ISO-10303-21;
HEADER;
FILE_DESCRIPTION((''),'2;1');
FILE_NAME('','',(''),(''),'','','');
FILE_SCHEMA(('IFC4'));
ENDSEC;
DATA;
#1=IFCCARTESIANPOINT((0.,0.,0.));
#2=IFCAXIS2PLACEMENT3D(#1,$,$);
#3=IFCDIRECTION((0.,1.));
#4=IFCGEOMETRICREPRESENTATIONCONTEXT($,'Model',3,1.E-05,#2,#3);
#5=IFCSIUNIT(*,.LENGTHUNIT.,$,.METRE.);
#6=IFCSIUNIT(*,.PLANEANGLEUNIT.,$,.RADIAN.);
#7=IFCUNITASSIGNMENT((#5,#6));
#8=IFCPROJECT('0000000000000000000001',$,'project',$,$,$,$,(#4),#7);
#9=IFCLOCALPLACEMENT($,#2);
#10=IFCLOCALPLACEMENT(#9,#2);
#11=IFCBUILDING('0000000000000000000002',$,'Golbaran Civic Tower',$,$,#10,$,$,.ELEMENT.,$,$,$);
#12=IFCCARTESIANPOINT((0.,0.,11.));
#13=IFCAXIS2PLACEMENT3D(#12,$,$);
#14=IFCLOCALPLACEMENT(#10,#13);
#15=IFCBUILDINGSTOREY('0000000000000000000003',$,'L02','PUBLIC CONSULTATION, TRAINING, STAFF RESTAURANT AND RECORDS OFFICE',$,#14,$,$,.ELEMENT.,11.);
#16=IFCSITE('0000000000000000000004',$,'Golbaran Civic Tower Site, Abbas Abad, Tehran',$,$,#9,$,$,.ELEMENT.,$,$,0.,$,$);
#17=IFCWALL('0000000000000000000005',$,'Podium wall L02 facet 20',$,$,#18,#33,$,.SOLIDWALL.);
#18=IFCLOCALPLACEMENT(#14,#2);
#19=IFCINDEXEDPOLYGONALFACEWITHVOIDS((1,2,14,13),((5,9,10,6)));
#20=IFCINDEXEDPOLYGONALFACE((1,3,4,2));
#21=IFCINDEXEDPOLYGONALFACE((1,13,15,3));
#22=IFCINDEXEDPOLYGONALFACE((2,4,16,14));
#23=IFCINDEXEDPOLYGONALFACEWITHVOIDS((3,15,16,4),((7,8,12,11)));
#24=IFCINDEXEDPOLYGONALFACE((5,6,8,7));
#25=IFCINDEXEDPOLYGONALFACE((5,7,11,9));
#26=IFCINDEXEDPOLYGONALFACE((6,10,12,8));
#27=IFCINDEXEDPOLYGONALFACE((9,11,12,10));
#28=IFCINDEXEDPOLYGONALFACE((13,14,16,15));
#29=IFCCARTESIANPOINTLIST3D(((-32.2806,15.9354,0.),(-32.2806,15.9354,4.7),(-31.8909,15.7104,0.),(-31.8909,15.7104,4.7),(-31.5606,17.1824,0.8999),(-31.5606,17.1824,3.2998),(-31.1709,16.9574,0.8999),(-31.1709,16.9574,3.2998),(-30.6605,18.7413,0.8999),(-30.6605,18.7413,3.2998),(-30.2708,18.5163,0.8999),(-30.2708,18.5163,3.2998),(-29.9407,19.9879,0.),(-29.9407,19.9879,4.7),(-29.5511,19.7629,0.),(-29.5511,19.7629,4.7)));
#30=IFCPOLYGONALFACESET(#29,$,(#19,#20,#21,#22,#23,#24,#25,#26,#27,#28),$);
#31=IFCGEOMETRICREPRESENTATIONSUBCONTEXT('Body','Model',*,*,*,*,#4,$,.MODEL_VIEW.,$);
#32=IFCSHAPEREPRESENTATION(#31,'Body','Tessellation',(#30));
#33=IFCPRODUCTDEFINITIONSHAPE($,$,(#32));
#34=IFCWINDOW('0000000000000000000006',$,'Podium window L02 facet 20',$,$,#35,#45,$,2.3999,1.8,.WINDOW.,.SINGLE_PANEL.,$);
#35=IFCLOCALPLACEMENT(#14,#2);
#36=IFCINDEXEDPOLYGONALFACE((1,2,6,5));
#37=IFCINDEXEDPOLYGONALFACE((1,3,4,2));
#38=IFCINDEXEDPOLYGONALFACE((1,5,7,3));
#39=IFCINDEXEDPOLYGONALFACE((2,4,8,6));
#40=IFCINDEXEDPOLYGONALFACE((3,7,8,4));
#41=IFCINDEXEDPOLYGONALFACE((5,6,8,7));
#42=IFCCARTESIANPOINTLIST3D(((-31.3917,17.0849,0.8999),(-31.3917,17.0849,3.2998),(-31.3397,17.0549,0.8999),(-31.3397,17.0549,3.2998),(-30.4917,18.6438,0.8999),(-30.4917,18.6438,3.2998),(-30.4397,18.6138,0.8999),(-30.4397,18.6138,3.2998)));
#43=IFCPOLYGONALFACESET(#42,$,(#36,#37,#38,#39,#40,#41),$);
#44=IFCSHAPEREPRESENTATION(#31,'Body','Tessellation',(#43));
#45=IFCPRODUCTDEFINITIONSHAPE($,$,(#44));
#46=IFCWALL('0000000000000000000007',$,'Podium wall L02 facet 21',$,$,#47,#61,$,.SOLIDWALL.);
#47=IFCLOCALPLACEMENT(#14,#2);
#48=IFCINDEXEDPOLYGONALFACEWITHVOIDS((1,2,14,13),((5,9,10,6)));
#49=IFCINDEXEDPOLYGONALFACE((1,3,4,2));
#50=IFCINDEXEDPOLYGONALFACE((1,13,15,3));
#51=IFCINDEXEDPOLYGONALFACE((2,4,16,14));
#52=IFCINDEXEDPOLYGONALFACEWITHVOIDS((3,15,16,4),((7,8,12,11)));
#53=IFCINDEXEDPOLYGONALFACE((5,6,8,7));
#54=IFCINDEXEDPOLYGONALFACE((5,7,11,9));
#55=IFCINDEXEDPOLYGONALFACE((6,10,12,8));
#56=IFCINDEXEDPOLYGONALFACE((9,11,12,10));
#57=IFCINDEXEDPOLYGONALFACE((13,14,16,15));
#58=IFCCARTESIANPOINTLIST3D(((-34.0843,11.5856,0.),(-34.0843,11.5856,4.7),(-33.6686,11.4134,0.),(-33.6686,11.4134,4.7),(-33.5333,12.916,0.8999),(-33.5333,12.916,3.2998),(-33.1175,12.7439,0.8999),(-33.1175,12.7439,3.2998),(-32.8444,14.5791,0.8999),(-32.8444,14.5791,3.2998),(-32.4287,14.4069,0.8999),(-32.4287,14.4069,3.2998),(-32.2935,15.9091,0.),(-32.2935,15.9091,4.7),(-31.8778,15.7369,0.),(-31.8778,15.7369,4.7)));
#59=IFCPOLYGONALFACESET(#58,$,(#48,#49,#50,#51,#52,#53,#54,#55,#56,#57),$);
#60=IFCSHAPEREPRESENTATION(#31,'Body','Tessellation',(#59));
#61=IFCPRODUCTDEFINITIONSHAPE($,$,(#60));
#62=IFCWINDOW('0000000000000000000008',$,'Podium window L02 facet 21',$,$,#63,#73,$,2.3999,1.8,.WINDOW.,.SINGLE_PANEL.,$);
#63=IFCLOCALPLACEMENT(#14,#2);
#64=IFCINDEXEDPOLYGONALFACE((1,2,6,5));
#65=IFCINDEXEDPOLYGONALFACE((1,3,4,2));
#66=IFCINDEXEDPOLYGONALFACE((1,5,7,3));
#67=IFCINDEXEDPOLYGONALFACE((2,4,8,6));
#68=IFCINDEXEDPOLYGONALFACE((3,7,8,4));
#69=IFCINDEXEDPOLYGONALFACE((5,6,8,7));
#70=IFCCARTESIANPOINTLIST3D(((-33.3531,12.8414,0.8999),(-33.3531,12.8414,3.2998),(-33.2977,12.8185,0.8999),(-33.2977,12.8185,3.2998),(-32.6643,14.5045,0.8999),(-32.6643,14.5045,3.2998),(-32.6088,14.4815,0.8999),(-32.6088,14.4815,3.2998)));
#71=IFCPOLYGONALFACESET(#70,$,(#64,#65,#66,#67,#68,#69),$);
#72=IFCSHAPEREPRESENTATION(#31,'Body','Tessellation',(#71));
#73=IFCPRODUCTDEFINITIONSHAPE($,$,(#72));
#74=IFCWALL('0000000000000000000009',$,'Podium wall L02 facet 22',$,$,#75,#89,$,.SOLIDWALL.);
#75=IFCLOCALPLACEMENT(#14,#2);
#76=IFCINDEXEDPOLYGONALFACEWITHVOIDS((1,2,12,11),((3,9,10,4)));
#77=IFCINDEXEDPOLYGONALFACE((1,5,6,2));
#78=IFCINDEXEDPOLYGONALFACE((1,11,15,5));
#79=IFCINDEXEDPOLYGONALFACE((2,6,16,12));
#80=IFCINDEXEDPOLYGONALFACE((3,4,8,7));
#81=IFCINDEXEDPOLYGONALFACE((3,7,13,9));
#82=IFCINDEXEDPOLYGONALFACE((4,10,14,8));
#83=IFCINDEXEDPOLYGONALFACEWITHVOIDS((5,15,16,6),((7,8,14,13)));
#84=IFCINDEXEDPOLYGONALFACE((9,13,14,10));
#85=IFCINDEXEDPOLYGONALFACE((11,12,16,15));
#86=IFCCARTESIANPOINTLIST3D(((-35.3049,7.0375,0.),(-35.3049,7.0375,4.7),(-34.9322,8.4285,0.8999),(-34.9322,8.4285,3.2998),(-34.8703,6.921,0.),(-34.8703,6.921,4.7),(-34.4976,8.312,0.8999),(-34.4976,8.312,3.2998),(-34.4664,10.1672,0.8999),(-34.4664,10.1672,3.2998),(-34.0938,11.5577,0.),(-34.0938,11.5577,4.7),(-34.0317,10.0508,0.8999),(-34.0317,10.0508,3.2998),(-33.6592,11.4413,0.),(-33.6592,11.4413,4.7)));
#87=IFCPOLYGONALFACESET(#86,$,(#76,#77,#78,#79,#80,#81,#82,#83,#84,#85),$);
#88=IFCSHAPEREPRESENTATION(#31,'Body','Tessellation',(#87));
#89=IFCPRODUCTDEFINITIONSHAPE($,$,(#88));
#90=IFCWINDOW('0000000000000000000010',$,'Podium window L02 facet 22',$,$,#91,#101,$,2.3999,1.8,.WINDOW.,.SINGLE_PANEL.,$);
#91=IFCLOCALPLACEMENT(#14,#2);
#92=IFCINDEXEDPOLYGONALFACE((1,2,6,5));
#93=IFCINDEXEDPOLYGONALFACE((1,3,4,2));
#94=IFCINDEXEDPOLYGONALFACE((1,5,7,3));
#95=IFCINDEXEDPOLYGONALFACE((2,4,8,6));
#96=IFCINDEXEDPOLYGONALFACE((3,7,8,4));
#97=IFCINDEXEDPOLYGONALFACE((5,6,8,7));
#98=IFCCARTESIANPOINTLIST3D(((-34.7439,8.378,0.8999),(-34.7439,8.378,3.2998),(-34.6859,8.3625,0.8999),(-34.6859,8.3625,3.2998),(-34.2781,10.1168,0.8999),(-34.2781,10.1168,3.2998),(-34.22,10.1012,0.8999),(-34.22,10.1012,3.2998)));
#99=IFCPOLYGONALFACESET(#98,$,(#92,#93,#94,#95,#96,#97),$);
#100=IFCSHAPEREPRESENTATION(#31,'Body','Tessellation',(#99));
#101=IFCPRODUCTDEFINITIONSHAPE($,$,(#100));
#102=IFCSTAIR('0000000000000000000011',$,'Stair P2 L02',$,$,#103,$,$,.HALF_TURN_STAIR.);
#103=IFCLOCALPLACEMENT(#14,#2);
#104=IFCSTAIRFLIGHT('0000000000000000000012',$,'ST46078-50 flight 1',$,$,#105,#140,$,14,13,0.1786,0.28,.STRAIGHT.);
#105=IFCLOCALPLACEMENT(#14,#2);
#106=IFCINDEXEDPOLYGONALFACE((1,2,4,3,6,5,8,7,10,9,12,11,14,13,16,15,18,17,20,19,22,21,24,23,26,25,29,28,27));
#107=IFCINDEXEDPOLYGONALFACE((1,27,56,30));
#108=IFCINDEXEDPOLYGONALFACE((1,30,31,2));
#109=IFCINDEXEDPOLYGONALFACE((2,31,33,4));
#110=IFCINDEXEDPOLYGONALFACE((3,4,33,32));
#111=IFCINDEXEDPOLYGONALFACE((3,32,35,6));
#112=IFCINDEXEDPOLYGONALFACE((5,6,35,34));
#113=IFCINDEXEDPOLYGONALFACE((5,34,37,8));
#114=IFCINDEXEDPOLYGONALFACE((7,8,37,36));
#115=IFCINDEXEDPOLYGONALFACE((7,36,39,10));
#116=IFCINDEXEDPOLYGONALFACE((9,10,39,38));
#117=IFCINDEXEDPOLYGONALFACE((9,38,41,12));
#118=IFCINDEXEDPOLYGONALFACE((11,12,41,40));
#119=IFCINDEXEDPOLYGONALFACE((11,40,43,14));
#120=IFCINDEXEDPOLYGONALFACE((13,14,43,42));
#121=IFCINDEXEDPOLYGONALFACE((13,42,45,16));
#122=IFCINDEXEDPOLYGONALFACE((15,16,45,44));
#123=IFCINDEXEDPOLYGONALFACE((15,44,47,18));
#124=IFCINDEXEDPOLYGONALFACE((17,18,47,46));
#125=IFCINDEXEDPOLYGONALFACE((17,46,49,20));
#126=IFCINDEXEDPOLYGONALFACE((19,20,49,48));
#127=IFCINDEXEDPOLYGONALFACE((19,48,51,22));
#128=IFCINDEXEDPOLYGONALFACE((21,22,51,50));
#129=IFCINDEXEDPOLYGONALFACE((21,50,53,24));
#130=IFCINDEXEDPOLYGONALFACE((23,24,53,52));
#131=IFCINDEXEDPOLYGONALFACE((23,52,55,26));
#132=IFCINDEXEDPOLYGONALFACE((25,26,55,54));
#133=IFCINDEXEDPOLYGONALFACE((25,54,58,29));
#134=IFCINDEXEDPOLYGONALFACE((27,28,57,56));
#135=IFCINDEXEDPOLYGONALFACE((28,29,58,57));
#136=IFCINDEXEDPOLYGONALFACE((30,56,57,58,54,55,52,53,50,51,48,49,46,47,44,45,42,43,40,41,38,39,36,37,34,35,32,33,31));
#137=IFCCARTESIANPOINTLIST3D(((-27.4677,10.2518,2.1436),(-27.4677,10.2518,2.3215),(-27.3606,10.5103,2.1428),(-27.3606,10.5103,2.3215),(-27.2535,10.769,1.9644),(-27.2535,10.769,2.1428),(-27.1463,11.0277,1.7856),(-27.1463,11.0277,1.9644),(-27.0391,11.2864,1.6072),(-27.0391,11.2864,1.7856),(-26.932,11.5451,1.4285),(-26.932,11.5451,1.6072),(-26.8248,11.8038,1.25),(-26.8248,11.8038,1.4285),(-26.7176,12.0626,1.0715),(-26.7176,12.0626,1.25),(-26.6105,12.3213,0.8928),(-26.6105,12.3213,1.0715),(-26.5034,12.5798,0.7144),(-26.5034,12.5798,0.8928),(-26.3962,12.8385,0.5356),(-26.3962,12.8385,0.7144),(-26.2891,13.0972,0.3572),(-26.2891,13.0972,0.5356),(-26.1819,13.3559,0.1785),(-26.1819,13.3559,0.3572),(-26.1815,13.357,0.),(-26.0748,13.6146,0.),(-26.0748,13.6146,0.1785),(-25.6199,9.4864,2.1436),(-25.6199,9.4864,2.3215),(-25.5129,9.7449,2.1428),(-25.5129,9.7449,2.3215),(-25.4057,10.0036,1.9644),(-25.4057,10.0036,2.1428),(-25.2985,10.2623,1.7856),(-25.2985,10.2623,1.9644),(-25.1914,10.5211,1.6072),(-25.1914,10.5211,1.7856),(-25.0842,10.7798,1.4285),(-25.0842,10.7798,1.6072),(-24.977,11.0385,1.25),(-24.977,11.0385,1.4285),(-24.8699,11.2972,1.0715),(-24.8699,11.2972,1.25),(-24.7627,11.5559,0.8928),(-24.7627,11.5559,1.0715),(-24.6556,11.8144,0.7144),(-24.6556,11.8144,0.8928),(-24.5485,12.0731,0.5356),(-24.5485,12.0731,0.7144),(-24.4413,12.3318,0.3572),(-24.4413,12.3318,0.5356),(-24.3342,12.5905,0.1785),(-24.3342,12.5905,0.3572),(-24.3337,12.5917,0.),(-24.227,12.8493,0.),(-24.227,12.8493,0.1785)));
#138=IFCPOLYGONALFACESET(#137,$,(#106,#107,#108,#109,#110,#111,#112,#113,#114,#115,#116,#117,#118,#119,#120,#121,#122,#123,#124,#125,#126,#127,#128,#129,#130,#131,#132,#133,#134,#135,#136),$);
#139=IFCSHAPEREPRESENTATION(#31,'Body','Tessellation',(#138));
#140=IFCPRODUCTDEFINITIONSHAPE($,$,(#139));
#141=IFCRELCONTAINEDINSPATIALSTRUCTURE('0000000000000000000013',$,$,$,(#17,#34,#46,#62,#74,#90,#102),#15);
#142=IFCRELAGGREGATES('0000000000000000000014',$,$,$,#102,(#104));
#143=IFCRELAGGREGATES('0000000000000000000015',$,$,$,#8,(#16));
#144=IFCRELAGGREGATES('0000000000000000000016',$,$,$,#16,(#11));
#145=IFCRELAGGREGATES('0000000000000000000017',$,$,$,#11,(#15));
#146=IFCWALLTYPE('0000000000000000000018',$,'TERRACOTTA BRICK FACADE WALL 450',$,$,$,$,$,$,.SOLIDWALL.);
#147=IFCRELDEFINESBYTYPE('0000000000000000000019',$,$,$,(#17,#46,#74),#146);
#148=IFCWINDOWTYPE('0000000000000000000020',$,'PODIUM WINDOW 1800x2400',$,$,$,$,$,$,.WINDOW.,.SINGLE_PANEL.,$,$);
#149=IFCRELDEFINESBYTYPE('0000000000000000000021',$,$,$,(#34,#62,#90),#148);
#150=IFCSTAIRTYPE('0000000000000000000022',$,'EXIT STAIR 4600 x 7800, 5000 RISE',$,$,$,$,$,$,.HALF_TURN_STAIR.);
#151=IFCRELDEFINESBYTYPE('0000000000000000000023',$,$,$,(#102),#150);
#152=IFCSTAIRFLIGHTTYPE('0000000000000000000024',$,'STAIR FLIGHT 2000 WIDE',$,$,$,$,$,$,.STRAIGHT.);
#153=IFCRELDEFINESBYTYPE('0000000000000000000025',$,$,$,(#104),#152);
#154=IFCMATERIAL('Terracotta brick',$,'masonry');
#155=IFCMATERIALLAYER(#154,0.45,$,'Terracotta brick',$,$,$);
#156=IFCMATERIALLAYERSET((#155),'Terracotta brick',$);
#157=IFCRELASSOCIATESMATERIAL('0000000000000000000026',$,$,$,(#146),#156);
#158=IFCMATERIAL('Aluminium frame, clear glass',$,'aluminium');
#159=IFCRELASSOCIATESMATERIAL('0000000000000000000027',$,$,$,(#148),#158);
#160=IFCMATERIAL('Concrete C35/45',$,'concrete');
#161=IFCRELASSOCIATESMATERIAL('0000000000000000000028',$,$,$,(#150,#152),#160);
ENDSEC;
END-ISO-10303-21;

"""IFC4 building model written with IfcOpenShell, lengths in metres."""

from ifc_helpers import new_model, si_unit, direction, frame, frame_2d, origin, place, context, subcontext, project, spatial, polyline, rectangle, outline, extrude, material, layer, layer_set, type_object, element, fill, aggregate, save


model = new_model("IFC4")

# Units and contexts
model_context = context("Model", 3, precision=1e-05, world=origin(), true_north=direction((0.0, 1.0)))
body_context = subcontext(model_context, "Body", "Model", "MODEL_VIEW")
ifc_project = project(units=[si_unit("LENGTHUNIT", "METRE"), si_unit("PLANEANGLEUNIT", "RADIAN")], contexts=[model_context])

# Site, building, storey
site_placement = place(None, origin())
site = spatial("IfcSite", under=ifc_project, at=site_placement, Name="Golbaran Civic Tower Site, Abbas Abad, Tehran", CompositionType="ELEMENT", RefElevation=0.0)
building_placement = place(site_placement, origin())
building = spatial("IfcBuilding", under=site, at=building_placement, Name="Golbaran Civic Tower", CompositionType="ELEMENT")
storey_placement = place(building_placement, frame((0.0, 0.0, 11.0)))
storey = spatial("IfcBuildingStorey", under=building, at=storey_placement, Name="L02", Description="PUBLIC CONSULTATION, TRAINING, STAFF RESTAURANT AND RECORDS OFFICE", CompositionType="ELEMENT", Elevation=11.0)

# Shared definitions
ifc_material_1 = material(Name="Terracotta brick", Category="masonry")
ifc_layer_1 = layer(ifc_material_1, 0.45, Name="Terracotta brick")
ifc_layer_set_1 = layer_set([ifc_layer_1], Name="Terracotta brick")
wall_type_1 = type_object("IfcWallType", Name="TERRACOTTA BRICK FACADE WALL 450", PredefinedType="SOLIDWALL", material=ifc_layer_set_1)
ifc_material_2 = material(Name="Aluminium frame, clear glass", Category="aluminium")

# Walls, openings, windows
window_type_1 = type_object("IfcWindowType", Name="PODIUM WINDOW 1800x2400", PartitioningType="SINGLE_PANEL", PredefinedType="WINDOW", material=ifc_material_2)
wall_1_placement = place(storey_placement, frame((-29.7458, 19.8755, 0.0), z_axis=(0.0, 0.0, 1.0), x_axis=(-0.500022, -0.866013, 0.0)))
wall_1 = element("IfcWall", 1, at=wall_1_placement, inside=storey, type_object=wall_type_1, Name="Podium wall L02 facet 20", PredefinedType="SOLIDWALL", context=body_context, shape_type="SweptSolid", body=[
    extrude(rectangle(XDim=4.6794, YDim=0.45, at=frame_2d((2.3398, 0.0))), origin(), (0.0, 0.0, 1.0), 4.7),
])
opening_1_placement = place(wall_1_placement, frame((1.4397, 0.0, 0.8999)))
opening_1 = element("IfcOpeningElement", 2, at=opening_1_placement, cuts=wall_1, PredefinedType="OPENING", context=body_context, shape_type="SweptSolid", body=[
    extrude(rectangle(XDim=1.8, YDim=2.3999, at=frame_2d((0.8999, 1.2))), frame((0.0, 0.2349, 0.0), z_axis=(0.0, -1.0, 0.0), x_axis=(1.0, 0.0, 0.0)), (0.0, 0.0, 1.0), 0.47),
])
window_1_placement = place(opening_1_placement, origin())
window_1 = element("IfcWindow", 3, at=window_1_placement, inside=storey, type_object=window_type_1, Name="Podium window L02 facet 20", OverallHeight=2.3999, OverallWidth=1.8, PartitioningType="SINGLE_PANEL", PredefinedType="WINDOW", context=body_context, shape_type="SweptSolid", body=[
    extrude(rectangle(XDim=1.8, YDim=2.3999, at=frame_2d((0.8999, 1.2))), frame((0.0, 0.03, 0.0), z_axis=(0.0, -1.0, 0.0), x_axis=(1.0, 0.0, 0.0)), (0.0, 0.0, 1.0), 0.0601),
])
fill(opening_1, window_1)
wall_2_placement = place(storey_placement, frame((-32.0857, 15.823, 0.0), z_axis=(0.0, 0.0, 1.0), x_axis=(-0.38267, -0.923885, 0.0)))
wall_2 = element("IfcWall", 4, at=wall_2_placement, inside=storey, type_object=wall_type_1, Name="Podium wall L02 facet 21", PredefinedType="SOLIDWALL", context=body_context, shape_type="SweptSolid", body=[
    extrude(rectangle(XDim=4.6797, YDim=0.45, at=frame_2d((2.3398, 0.0))), origin(), (0.0, 0.0, 1.0), 4.7),
])
opening_2_placement = place(wall_2_placement, frame((1.4397, 0.0, 0.8999)))
opening_2 = element("IfcOpeningElement", 5, at=opening_2_placement, cuts=wall_2, PredefinedType="OPENING", context=body_context, shape_type="SweptSolid", body=[
    extrude(rectangle(XDim=1.8, YDim=2.3999, at=frame_2d((0.8999, 1.2))), frame((0.0, 0.2349, 0.0), z_axis=(0.0, -1.0, 0.0), x_axis=(1.0, 0.0, 0.0)), (0.0, 0.0, 1.0), 0.47),
])
window_2_placement = place(opening_2_placement, origin())
window_2 = element("IfcWindow", 6, at=window_2_placement, inside=storey, type_object=window_type_1, Name="Podium window L02 facet 21", OverallHeight=2.3999, OverallWidth=1.8, PartitioningType="SINGLE_PANEL", PredefinedType="WINDOW", context=body_context, shape_type="SweptSolid", body=[
    extrude(rectangle(XDim=1.8, YDim=2.3999, at=frame_2d((0.8999, 1.2))), frame((0.0, 0.03, 0.0), z_axis=(0.0, -1.0, 0.0), x_axis=(1.0, 0.0, 0.0)), (0.0, 0.0, 1.0), 0.0601),
])
fill(opening_2, window_2)
wall_3_placement = place(storey_placement, frame((-33.8765, 11.4995, 0.0), z_axis=(0.0, 0.0, 1.0), x_axis=(-0.258815, -0.965927, 0.0)))
wall_3 = element("IfcWall", 7, at=wall_3_placement, inside=storey, type_object=wall_type_1, Name="Podium wall L02 facet 22", PredefinedType="SOLIDWALL", context=body_context, shape_type="SweptSolid", body=[
    extrude(rectangle(XDim=4.6797, YDim=0.45, at=frame_2d((2.3398, 0.0))), origin(), (0.0, 0.0, 1.0), 4.7),
])
opening_3_placement = place(wall_3_placement, frame((1.4397, 0.0, 0.8999)))
opening_3 = element("IfcOpeningElement", 8, at=opening_3_placement, cuts=wall_3, PredefinedType="OPENING", context=body_context, shape_type="SweptSolid", body=[
    extrude(rectangle(XDim=1.8, YDim=2.3999, at=frame_2d((0.8999, 1.2))), frame((0.0, 0.2349, 0.0), z_axis=(0.0, -1.0, 0.0), x_axis=(1.0, 0.0, 0.0)), (0.0, 0.0, 1.0), 0.47),
])
window_3_placement = place(opening_3_placement, origin())
window_3 = element("IfcWindow", 9, at=window_3_placement, inside=storey, type_object=window_type_1, Name="Podium window L02 facet 22", OverallHeight=2.3999, OverallWidth=1.8, PartitioningType="SINGLE_PANEL", PredefinedType="WINDOW", context=body_context, shape_type="SweptSolid", body=[
    extrude(rectangle(XDim=1.8, YDim=2.3999, at=frame_2d((0.8999, 1.2))), frame((0.0, 0.03, 0.0), z_axis=(0.0, -1.0, 0.0), x_axis=(1.0, 0.0, 0.0)), (0.0, 0.0, 1.0), 0.0601),
])
fill(opening_3, window_3)

# Stair, stair flight
ifc_material_3 = material(Name="Concrete C35/45", Category="concrete")
stair_type = type_object("IfcStairType", Name="EXIT STAIR 4600 x 7800, 5000 RISE", PredefinedType="HALF_TURN_STAIR", material=ifc_material_3)
stair_placement = place(storey_placement, origin())
stair = element("IfcStair", 10, at=stair_placement, inside=storey, type_object=stair_type, Name="Stair P2 L02", PredefinedType="HALF_TURN_STAIR")
stair_flight_type = type_object("IfcStairFlightType", Name="STAIR FLIGHT 2000 WIDE", PredefinedType="STRAIGHT", material=ifc_material_3)
stair_flight_1_placement = place(storey_placement, frame((-25.1509, 13.2319, 0.0), z_axis=(0.0, 0.0, 1.0), x_axis=(-0.382683, -0.92388, 0.0)))
stair_flight_1 = element("IfcStairFlight", 11, at=stair_flight_1_placement, type_object=stair_flight_type, Name="ST46078-50 flight 1", NumberOfRisers=14, NumberOfTreads=13, PredefinedType="STRAIGHT", RiserHeight=0.1786, TreadLength=0.28, context=body_context, shape_type="SweptSolid", body=[
    extrude(outline(polyline([(0.0, 0.0), (0.0, 0.1785), (0.28, 0.1785), (0.28, 0.3572), (0.5601, 0.3572), (0.5601, 0.5356), (0.8401, 0.5356), (0.8401, 0.7144), (1.1201, 0.7144), (1.1201, 0.8928), (1.3999, 0.8928), (1.3999, 1.0715), (1.6799, 1.0715), (1.6799, 1.25), (1.96, 1.25), (1.96, 1.4285), (2.24, 1.4285), (2.24, 1.6072), (2.52, 1.6072), (2.52, 1.7856), (2.8, 1.7856), (2.8, 1.9644), (3.0801, 1.9644), (3.0801, 2.1428), (3.3601, 2.1428), (3.3601, 2.3215), (3.6399, 2.3215), (3.6399, 2.5), (3.6399, 2.1436), (0.2788, 0.0), (0.0, 0.0)])), frame((0.0, 1.0, 0.0), z_axis=(0.0, -1.0, 0.0), x_axis=(1.0, 0.0, 0.0)), (0.0, 0.0, 1.0), 2.0),
])
aggregate(stair, [stair_flight_1])

save(model, "model.ifc")
